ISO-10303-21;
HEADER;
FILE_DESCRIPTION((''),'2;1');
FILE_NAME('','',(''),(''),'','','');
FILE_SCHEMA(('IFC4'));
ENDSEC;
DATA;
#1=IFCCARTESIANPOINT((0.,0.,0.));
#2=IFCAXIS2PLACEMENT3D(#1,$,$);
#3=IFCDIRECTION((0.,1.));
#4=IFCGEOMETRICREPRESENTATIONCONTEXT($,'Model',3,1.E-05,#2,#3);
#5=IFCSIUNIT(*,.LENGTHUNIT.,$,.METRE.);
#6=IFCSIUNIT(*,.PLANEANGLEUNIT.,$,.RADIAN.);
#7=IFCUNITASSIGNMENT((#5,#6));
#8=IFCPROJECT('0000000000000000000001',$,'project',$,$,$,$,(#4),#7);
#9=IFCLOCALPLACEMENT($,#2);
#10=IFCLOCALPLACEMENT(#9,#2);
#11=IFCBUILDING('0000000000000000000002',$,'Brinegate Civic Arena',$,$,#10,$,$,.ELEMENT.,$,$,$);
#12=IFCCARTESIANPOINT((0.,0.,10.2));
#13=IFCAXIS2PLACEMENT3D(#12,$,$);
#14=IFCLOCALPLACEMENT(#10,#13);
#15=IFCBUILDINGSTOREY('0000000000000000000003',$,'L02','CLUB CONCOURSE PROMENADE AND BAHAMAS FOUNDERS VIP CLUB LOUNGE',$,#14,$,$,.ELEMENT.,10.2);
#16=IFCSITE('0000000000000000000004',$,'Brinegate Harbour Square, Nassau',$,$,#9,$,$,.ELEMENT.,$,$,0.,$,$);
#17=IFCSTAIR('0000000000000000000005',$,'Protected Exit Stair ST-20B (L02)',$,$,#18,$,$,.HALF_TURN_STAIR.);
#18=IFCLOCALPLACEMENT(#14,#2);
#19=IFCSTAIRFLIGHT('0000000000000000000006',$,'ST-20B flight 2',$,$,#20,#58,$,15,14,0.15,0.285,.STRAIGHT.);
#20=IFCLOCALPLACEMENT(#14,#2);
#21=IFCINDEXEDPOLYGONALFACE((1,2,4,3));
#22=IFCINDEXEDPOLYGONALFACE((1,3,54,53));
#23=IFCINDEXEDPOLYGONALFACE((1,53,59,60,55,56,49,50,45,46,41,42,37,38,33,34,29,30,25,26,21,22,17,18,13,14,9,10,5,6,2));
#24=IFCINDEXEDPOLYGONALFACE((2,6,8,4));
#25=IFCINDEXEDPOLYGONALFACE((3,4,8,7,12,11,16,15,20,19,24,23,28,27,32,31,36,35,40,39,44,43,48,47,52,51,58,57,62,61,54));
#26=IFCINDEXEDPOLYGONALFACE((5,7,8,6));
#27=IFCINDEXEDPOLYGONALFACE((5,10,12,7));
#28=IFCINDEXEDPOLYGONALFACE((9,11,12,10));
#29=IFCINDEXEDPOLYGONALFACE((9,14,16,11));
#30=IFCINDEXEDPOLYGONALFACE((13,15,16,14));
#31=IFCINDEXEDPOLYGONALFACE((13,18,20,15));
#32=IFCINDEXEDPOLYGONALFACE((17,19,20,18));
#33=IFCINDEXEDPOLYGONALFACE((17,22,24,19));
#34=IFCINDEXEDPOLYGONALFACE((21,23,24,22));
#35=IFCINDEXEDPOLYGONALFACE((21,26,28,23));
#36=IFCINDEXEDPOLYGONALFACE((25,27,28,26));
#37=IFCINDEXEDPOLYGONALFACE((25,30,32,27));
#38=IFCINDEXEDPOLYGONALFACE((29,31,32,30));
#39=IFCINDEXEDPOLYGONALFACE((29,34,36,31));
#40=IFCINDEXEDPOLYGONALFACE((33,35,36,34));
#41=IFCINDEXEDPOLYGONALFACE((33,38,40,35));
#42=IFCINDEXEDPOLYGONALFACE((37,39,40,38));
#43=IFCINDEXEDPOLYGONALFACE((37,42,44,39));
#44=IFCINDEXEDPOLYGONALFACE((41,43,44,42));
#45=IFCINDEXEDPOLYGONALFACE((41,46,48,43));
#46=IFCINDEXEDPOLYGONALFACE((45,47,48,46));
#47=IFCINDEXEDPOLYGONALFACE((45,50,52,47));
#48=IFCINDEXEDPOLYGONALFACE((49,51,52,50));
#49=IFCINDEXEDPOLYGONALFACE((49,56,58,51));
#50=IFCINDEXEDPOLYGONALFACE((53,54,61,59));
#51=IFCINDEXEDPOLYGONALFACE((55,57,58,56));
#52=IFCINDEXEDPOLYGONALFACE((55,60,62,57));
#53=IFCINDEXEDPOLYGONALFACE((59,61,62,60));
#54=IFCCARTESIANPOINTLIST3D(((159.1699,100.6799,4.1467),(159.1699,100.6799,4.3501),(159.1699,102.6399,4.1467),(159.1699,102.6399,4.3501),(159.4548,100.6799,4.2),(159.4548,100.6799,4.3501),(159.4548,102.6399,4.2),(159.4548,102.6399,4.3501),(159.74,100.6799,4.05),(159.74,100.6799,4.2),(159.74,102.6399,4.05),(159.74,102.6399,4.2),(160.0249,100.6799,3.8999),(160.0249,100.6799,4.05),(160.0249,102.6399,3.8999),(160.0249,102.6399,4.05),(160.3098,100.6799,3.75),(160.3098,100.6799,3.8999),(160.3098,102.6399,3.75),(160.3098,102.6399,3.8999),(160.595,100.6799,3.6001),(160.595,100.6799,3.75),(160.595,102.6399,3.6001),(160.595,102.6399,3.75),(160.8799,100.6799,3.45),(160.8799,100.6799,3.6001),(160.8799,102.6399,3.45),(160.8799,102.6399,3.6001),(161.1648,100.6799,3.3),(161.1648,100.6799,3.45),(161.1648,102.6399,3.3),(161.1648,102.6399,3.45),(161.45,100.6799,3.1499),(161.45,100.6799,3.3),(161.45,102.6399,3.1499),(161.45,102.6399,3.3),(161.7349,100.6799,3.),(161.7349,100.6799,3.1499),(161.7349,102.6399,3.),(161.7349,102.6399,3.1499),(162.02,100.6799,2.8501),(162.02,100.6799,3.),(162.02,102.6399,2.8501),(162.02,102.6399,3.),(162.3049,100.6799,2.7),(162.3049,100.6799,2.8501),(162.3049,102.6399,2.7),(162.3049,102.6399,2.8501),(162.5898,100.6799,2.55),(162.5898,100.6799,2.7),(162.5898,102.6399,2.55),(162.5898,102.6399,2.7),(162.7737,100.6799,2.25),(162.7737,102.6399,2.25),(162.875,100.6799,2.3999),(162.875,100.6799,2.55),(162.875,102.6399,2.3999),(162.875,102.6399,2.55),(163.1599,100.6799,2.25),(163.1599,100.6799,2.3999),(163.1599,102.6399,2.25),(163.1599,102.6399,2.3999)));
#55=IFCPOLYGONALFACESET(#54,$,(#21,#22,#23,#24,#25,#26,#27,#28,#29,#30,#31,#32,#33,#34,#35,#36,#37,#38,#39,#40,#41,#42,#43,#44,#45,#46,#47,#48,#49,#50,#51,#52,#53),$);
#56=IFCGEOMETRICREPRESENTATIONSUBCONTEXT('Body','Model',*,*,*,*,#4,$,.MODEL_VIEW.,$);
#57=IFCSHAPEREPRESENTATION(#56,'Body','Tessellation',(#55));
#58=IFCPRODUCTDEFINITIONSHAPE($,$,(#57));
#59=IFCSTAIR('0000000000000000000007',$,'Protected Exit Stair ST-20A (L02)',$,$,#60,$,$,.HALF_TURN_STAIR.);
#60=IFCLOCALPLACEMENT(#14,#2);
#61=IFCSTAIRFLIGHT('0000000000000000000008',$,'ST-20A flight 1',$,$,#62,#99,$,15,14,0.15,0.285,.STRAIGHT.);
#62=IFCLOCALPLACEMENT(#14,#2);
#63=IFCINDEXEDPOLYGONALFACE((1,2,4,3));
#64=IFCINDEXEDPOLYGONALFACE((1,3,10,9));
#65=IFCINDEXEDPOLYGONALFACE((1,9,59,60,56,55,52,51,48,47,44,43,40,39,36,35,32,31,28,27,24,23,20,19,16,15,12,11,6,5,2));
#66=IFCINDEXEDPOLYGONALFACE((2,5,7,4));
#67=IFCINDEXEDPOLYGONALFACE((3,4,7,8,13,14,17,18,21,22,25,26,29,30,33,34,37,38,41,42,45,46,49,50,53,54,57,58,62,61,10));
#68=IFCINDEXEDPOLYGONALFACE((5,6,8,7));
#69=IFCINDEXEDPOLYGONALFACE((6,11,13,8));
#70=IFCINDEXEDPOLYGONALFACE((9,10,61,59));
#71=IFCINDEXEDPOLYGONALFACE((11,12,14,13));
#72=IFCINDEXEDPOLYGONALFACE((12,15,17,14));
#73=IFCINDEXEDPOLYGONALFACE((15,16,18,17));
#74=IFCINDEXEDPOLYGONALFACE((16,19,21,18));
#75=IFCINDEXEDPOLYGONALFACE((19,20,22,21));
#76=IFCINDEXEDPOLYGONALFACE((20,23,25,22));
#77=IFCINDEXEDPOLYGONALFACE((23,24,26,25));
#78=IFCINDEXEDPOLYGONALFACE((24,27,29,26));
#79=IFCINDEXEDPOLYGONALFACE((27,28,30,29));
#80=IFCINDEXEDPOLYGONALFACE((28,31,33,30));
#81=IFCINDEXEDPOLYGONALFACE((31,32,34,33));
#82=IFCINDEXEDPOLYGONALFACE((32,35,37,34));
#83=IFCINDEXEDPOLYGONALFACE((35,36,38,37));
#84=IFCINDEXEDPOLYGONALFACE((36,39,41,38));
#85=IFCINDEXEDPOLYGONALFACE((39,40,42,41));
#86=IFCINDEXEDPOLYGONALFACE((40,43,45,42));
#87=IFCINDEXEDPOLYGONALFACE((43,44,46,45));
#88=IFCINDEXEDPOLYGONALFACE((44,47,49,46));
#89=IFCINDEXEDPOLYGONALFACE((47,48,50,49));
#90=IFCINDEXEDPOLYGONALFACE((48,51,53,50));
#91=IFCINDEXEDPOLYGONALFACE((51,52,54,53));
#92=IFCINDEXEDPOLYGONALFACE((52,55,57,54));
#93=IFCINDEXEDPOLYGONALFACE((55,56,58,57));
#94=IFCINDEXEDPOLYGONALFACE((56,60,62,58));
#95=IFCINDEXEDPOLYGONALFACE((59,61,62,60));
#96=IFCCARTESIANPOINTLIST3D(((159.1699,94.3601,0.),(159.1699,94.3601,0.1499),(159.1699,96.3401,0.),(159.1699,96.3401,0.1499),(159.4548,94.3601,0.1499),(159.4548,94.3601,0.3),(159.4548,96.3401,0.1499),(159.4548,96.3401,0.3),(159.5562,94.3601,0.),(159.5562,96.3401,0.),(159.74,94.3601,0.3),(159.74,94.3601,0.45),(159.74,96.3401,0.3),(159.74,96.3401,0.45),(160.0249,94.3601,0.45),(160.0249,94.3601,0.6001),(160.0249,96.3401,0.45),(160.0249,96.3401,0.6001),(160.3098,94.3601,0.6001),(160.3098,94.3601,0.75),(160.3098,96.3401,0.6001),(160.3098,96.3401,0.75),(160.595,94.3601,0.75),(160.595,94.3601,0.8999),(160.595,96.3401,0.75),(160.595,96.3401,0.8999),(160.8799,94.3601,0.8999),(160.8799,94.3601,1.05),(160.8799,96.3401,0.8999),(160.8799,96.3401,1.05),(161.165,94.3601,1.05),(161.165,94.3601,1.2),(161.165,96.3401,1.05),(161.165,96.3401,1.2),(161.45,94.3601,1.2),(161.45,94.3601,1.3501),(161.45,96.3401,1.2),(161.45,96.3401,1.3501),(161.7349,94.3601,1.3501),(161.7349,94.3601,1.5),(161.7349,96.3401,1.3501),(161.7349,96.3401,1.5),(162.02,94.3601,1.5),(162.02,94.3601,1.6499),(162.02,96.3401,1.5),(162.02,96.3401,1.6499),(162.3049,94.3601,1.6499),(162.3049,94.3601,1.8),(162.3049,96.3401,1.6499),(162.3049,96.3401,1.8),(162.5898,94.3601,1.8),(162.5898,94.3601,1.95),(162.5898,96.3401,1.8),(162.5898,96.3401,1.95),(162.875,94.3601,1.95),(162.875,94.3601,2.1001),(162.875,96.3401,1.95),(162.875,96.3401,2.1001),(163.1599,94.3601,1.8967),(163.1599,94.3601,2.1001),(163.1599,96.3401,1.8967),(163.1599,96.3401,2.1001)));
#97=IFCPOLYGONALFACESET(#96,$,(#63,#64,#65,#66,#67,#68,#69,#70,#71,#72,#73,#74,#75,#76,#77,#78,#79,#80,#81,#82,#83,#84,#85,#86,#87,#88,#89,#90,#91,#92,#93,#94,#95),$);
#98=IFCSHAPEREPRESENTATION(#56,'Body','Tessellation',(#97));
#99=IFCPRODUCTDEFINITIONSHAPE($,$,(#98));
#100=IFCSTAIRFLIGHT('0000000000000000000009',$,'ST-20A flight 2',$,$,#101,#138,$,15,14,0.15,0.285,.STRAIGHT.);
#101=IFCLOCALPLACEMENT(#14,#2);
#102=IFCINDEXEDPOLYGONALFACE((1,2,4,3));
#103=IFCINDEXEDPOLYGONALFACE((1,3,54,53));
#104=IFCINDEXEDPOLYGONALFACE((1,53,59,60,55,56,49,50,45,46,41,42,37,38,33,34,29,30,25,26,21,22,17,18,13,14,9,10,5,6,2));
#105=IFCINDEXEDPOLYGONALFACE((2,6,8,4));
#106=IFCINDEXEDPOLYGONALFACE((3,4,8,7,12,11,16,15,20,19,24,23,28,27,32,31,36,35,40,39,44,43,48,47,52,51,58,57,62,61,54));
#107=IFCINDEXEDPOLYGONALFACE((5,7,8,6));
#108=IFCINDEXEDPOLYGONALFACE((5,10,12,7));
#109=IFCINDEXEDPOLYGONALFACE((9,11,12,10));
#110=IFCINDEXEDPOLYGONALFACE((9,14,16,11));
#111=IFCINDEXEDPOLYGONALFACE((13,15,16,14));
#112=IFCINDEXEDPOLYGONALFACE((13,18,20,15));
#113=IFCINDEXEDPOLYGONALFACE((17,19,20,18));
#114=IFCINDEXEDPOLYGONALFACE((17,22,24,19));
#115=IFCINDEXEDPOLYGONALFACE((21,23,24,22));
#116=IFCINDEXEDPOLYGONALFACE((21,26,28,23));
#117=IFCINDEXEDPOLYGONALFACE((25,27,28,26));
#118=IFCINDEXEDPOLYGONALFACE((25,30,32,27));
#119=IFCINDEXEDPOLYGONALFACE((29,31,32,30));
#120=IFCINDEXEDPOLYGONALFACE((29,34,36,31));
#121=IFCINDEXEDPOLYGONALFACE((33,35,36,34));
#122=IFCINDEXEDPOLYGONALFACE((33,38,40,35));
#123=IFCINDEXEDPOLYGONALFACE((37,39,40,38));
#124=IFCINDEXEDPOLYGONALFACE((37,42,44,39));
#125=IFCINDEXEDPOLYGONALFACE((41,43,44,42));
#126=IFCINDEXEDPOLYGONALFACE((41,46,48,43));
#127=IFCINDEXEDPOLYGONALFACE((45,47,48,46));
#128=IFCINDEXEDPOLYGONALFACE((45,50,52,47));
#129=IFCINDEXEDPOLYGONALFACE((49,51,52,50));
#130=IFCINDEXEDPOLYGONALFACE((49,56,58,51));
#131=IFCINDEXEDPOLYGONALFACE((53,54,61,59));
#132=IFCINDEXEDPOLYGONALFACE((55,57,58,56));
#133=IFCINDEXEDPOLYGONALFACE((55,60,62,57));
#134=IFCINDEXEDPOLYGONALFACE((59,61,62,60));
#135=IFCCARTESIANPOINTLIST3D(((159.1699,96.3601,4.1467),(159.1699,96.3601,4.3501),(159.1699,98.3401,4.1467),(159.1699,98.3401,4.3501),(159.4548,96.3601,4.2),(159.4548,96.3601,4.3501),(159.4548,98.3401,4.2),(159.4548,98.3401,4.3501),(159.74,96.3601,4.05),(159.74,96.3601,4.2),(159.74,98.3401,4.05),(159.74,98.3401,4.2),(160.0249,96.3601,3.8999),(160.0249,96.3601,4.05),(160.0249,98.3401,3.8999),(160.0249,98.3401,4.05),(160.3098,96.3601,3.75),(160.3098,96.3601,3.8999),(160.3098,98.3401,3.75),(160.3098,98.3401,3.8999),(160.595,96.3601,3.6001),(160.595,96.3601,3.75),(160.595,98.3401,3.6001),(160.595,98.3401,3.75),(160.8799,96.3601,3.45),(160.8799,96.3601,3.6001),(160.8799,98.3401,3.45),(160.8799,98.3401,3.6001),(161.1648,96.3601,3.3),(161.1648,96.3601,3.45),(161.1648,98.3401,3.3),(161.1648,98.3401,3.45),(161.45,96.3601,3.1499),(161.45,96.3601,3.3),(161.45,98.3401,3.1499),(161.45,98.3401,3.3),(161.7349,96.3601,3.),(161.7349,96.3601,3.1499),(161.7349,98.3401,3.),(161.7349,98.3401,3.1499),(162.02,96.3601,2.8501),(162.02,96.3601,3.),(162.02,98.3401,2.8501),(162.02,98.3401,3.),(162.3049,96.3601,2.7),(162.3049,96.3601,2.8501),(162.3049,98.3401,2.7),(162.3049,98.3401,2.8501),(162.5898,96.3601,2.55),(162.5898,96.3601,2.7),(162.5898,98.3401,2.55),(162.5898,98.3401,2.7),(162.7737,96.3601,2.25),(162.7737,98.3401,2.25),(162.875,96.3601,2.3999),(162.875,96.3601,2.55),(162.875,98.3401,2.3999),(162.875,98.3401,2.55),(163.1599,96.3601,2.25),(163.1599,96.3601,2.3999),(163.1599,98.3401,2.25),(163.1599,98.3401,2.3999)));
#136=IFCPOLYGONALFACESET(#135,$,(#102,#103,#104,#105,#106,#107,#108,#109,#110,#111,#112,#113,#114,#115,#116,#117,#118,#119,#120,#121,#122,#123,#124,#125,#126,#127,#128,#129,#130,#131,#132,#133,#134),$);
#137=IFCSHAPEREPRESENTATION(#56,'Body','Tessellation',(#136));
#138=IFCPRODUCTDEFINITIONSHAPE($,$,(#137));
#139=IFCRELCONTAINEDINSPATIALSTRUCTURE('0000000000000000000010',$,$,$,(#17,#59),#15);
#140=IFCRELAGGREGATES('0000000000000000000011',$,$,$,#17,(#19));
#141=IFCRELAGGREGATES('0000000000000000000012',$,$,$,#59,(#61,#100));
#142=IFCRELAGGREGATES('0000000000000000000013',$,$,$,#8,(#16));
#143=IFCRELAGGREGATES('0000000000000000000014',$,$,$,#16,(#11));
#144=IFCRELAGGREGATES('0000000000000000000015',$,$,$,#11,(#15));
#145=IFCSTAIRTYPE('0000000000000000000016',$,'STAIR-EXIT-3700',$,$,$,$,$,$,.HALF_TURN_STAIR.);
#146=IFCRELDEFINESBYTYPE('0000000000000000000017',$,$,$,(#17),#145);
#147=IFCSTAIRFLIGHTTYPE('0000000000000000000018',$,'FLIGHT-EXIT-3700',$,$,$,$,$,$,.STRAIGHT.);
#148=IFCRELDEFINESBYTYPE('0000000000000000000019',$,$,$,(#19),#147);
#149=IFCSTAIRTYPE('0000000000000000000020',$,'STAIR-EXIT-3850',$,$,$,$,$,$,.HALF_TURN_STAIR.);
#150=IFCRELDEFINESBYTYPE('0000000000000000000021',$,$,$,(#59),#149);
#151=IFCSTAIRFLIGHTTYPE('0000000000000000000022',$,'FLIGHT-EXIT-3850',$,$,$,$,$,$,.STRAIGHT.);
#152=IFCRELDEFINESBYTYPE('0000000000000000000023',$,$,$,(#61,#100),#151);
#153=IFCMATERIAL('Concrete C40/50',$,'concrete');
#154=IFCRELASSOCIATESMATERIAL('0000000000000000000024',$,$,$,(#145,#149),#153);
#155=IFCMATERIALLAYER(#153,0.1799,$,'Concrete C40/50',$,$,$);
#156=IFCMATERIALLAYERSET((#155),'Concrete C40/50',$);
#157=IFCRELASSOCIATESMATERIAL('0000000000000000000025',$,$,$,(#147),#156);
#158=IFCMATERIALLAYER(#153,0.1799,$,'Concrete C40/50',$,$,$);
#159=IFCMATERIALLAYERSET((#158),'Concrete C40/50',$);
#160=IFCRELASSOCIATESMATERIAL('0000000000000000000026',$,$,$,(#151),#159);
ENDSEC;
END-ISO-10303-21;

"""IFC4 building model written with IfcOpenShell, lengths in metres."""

from ifc_helpers import new_model, si_unit, direction, frame, origin, place, context, subcontext, project, spatial, polyline, outline, extrude, material, layer, layer_set, type_object, element, aggregate, save


model = new_model("IFC4")

# Units and contexts
model_context = context("Model", 3, precision=1e-05, world=origin(), true_north=direction((0.0, 1.0)))
body_context = subcontext(model_context, "Body", "Model", "MODEL_VIEW")
ifc_project = project(units=[si_unit("LENGTHUNIT", "METRE"), si_unit("PLANEANGLEUNIT", "RADIAN")], contexts=[model_context])

# Site, building, storey
site_placement = place(None, origin())
site = spatial("IfcSite", under=ifc_project, at=site_placement, Name="Brinegate Harbour Square, Nassau", CompositionType="ELEMENT", RefElevation=0.0)
building_placement = place(site_placement, origin())
building = spatial("IfcBuilding", under=site, at=building_placement, Name="Brinegate Civic Arena", CompositionType="ELEMENT")
storey_placement = place(building_placement, frame((0.0, 0.0, 10.2)))
storey = spatial("IfcBuildingStorey", under=building, at=storey_placement, Name="L02", Description="CLUB CONCOURSE PROMENADE AND BAHAMAS FOUNDERS VIP CLUB LOUNGE", CompositionType="ELEMENT", Elevation=10.2)

# Shared definitions
ifc_material_1 = material(Name="Concrete C40/50", Category="concrete")
stair_type_1 = type_object("IfcStairType", Name="STAIR-EXIT-3700", PredefinedType="HALF_TURN_STAIR", material=ifc_material_1)
ifc_layer_1 = layer(ifc_material_1, 0.1799, Name="Concrete C40/50")
ifc_layer_set_1 = layer_set([ifc_layer_1], Name="Concrete C40/50")
stair_flight_type_1 = type_object("IfcStairFlightType", Name="FLIGHT-EXIT-3700", PredefinedType="STRAIGHT", material=ifc_layer_set_1)

# Stairs, stair flights
stair_1_placement = place(storey_placement, origin())
stair_1 = element("IfcStair", 1, at=stair_1_placement, inside=storey, type_object=stair_type_1, Name="Protected Exit Stair ST-20B (L02)", PredefinedType="HALF_TURN_STAIR")
stair_flight_1_placement = place(storey_placement, frame((163.1599, 101.6599, 2.25), z_axis=(0.0, 0.0, 1.0), x_axis=(-1.0, 0.0, 0.0)))
stair_flight_1 = element("IfcStairFlight", 2, at=stair_flight_1_placement, type_object=stair_flight_type_1, Name="ST-20B flight 2", NumberOfRisers=15, NumberOfTreads=14, PredefinedType="STRAIGHT", RiserHeight=0.15, TreadLength=0.285, context=body_context, shape_type="SweptSolid", body=[
    extrude(outline(polyline([(0.0, 0.0), (0.0, 0.1499), (0.2849, 0.1499), (0.2849, 0.3), (0.5701, 0.3), (0.5701, 0.45), (0.855, 0.45), (0.855, 0.6001), (1.1399, 0.6001), (1.1399, 0.75), (1.425, 0.75), (1.425, 0.8999), (1.71, 0.8999), (1.71, 1.05), (1.9951, 1.05), (1.9951, 1.2), (2.28, 1.2), (2.28, 1.3501), (2.5649, 1.3501), (2.5649, 1.5), (2.8501, 1.5), (2.8501, 1.6499), (3.135, 1.6499), (3.135, 1.8), (3.4199, 1.8), (3.4199, 1.95), (3.7051, 1.95), (3.7051, 2.1001), (3.99, 2.1001), (3.99, 2.25), (3.99, 1.8967), (0.3862, 0.0), (0.0, 0.0)])), frame((0.0, 0.98, 0.0), z_axis=(0.0, -1.0, 0.0), x_axis=(1.0, 0.0, 0.0)), (0.0, 0.0, 1.0), 1.96),
])
aggregate(stair_1, [stair_flight_1])
stair_type_2 = type_object("IfcStairType", Name="STAIR-EXIT-3850", PredefinedType="HALF_TURN_STAIR", material=ifc_material_1)
stair_2_placement = place(storey_placement, origin())
stair_2 = element("IfcStair", 3, at=stair_2_placement, inside=storey, type_object=stair_type_2, Name="Protected Exit Stair ST-20A (L02)", PredefinedType="HALF_TURN_STAIR")
ifc_layer_2 = layer(ifc_material_1, 0.1799, Name="Concrete C40/50")
ifc_layer_set_2 = layer_set([ifc_layer_2], Name="Concrete C40/50")
stair_flight_type_2 = type_object("IfcStairFlightType", Name="FLIGHT-EXIT-3850", PredefinedType="STRAIGHT", material=ifc_layer_set_2)
stair_flight_2_placement = place(storey_placement, frame((159.1699, 95.3501, 0.0), z_axis=(0.0, 0.0, 1.0), x_axis=(1.0, 0.0, 0.0)))
stair_flight_2 = element("IfcStairFlight", 4, at=stair_flight_2_placement, type_object=stair_flight_type_2, Name="ST-20A flight 1", NumberOfRisers=15, NumberOfTreads=14, PredefinedType="STRAIGHT", RiserHeight=0.15, TreadLength=0.285, context=body_context, shape_type="SweptSolid", body=[
    extrude(outline(polyline([(0.0, 0.0), (0.0, 0.1499), (0.2849, 0.1499), (0.2849, 0.3), (0.5701, 0.3), (0.5701, 0.45), (0.855, 0.45), (0.855, 0.6001), (1.1399, 0.6001), (1.1399, 0.75), (1.425, 0.75), (1.425, 0.8999), (1.71, 0.8999), (1.71, 1.05), (1.9951, 1.05), (1.9951, 1.2), (2.28, 1.2), (2.28, 1.3501), (2.5649, 1.3501), (2.5649, 1.5), (2.8501, 1.5), (2.8501, 1.6499), (3.135, 1.6499), (3.135, 1.8), (3.4199, 1.8), (3.4199, 1.95), (3.7051, 1.95), (3.7051, 2.1001), (3.99, 2.1001), (3.99, 2.25), (3.99, 1.8967), (0.3862, 0.0), (0.0, 0.0)])), frame((0.0, 0.99, 0.0), z_axis=(0.0, -1.0, 0.0), x_axis=(1.0, 0.0, 0.0)), (0.0, 0.0, 1.0), 1.98),
])
stair_flight_3_placement = place(storey_placement, frame((163.1599, 97.3501, 2.25), z_axis=(0.0, 0.0, 1.0), x_axis=(-1.0, 0.0, 0.0)))
stair_flight_3 = element("IfcStairFlight", 5, at=stair_flight_3_placement, type_object=stair_flight_type_2, Name="ST-20A flight 2", NumberOfRisers=15, NumberOfTreads=14, PredefinedType="STRAIGHT", RiserHeight=0.15, TreadLength=0.285, context=body_context, shape_type="SweptSolid", body=[
    extrude(outline(polyline([(0.0, 0.0), (0.0, 0.1499), (0.2849, 0.1499), (0.2849, 0.3), (0.5701, 0.3), (0.5701, 0.45), (0.855, 0.45), (0.855, 0.6001), (1.1399, 0.6001), (1.1399, 0.75), (1.425, 0.75), (1.425, 0.8999), (1.71, 0.8999), (1.71, 1.05), (1.9951, 1.05), (1.9951, 1.2), (2.28, 1.2), (2.28, 1.3501), (2.5649, 1.3501), (2.5649, 1.5), (2.8501, 1.5), (2.8501, 1.6499), (3.135, 1.6499), (3.135, 1.8), (3.4199, 1.8), (3.4199, 1.95), (3.7051, 1.95), (3.7051, 2.1001), (3.99, 2.1001), (3.99, 2.25), (3.99, 1.8967), (0.3862, 0.0), (0.0, 0.0)])), frame((0.0, 0.99, 0.0), z_axis=(0.0, -1.0, 0.0), x_axis=(1.0, 0.0, 0.0)), (0.0, 0.0, 1.0), 1.98),
])
aggregate(stair_2, [stair_flight_2, stair_flight_3])

save(model, "model.ifc")
